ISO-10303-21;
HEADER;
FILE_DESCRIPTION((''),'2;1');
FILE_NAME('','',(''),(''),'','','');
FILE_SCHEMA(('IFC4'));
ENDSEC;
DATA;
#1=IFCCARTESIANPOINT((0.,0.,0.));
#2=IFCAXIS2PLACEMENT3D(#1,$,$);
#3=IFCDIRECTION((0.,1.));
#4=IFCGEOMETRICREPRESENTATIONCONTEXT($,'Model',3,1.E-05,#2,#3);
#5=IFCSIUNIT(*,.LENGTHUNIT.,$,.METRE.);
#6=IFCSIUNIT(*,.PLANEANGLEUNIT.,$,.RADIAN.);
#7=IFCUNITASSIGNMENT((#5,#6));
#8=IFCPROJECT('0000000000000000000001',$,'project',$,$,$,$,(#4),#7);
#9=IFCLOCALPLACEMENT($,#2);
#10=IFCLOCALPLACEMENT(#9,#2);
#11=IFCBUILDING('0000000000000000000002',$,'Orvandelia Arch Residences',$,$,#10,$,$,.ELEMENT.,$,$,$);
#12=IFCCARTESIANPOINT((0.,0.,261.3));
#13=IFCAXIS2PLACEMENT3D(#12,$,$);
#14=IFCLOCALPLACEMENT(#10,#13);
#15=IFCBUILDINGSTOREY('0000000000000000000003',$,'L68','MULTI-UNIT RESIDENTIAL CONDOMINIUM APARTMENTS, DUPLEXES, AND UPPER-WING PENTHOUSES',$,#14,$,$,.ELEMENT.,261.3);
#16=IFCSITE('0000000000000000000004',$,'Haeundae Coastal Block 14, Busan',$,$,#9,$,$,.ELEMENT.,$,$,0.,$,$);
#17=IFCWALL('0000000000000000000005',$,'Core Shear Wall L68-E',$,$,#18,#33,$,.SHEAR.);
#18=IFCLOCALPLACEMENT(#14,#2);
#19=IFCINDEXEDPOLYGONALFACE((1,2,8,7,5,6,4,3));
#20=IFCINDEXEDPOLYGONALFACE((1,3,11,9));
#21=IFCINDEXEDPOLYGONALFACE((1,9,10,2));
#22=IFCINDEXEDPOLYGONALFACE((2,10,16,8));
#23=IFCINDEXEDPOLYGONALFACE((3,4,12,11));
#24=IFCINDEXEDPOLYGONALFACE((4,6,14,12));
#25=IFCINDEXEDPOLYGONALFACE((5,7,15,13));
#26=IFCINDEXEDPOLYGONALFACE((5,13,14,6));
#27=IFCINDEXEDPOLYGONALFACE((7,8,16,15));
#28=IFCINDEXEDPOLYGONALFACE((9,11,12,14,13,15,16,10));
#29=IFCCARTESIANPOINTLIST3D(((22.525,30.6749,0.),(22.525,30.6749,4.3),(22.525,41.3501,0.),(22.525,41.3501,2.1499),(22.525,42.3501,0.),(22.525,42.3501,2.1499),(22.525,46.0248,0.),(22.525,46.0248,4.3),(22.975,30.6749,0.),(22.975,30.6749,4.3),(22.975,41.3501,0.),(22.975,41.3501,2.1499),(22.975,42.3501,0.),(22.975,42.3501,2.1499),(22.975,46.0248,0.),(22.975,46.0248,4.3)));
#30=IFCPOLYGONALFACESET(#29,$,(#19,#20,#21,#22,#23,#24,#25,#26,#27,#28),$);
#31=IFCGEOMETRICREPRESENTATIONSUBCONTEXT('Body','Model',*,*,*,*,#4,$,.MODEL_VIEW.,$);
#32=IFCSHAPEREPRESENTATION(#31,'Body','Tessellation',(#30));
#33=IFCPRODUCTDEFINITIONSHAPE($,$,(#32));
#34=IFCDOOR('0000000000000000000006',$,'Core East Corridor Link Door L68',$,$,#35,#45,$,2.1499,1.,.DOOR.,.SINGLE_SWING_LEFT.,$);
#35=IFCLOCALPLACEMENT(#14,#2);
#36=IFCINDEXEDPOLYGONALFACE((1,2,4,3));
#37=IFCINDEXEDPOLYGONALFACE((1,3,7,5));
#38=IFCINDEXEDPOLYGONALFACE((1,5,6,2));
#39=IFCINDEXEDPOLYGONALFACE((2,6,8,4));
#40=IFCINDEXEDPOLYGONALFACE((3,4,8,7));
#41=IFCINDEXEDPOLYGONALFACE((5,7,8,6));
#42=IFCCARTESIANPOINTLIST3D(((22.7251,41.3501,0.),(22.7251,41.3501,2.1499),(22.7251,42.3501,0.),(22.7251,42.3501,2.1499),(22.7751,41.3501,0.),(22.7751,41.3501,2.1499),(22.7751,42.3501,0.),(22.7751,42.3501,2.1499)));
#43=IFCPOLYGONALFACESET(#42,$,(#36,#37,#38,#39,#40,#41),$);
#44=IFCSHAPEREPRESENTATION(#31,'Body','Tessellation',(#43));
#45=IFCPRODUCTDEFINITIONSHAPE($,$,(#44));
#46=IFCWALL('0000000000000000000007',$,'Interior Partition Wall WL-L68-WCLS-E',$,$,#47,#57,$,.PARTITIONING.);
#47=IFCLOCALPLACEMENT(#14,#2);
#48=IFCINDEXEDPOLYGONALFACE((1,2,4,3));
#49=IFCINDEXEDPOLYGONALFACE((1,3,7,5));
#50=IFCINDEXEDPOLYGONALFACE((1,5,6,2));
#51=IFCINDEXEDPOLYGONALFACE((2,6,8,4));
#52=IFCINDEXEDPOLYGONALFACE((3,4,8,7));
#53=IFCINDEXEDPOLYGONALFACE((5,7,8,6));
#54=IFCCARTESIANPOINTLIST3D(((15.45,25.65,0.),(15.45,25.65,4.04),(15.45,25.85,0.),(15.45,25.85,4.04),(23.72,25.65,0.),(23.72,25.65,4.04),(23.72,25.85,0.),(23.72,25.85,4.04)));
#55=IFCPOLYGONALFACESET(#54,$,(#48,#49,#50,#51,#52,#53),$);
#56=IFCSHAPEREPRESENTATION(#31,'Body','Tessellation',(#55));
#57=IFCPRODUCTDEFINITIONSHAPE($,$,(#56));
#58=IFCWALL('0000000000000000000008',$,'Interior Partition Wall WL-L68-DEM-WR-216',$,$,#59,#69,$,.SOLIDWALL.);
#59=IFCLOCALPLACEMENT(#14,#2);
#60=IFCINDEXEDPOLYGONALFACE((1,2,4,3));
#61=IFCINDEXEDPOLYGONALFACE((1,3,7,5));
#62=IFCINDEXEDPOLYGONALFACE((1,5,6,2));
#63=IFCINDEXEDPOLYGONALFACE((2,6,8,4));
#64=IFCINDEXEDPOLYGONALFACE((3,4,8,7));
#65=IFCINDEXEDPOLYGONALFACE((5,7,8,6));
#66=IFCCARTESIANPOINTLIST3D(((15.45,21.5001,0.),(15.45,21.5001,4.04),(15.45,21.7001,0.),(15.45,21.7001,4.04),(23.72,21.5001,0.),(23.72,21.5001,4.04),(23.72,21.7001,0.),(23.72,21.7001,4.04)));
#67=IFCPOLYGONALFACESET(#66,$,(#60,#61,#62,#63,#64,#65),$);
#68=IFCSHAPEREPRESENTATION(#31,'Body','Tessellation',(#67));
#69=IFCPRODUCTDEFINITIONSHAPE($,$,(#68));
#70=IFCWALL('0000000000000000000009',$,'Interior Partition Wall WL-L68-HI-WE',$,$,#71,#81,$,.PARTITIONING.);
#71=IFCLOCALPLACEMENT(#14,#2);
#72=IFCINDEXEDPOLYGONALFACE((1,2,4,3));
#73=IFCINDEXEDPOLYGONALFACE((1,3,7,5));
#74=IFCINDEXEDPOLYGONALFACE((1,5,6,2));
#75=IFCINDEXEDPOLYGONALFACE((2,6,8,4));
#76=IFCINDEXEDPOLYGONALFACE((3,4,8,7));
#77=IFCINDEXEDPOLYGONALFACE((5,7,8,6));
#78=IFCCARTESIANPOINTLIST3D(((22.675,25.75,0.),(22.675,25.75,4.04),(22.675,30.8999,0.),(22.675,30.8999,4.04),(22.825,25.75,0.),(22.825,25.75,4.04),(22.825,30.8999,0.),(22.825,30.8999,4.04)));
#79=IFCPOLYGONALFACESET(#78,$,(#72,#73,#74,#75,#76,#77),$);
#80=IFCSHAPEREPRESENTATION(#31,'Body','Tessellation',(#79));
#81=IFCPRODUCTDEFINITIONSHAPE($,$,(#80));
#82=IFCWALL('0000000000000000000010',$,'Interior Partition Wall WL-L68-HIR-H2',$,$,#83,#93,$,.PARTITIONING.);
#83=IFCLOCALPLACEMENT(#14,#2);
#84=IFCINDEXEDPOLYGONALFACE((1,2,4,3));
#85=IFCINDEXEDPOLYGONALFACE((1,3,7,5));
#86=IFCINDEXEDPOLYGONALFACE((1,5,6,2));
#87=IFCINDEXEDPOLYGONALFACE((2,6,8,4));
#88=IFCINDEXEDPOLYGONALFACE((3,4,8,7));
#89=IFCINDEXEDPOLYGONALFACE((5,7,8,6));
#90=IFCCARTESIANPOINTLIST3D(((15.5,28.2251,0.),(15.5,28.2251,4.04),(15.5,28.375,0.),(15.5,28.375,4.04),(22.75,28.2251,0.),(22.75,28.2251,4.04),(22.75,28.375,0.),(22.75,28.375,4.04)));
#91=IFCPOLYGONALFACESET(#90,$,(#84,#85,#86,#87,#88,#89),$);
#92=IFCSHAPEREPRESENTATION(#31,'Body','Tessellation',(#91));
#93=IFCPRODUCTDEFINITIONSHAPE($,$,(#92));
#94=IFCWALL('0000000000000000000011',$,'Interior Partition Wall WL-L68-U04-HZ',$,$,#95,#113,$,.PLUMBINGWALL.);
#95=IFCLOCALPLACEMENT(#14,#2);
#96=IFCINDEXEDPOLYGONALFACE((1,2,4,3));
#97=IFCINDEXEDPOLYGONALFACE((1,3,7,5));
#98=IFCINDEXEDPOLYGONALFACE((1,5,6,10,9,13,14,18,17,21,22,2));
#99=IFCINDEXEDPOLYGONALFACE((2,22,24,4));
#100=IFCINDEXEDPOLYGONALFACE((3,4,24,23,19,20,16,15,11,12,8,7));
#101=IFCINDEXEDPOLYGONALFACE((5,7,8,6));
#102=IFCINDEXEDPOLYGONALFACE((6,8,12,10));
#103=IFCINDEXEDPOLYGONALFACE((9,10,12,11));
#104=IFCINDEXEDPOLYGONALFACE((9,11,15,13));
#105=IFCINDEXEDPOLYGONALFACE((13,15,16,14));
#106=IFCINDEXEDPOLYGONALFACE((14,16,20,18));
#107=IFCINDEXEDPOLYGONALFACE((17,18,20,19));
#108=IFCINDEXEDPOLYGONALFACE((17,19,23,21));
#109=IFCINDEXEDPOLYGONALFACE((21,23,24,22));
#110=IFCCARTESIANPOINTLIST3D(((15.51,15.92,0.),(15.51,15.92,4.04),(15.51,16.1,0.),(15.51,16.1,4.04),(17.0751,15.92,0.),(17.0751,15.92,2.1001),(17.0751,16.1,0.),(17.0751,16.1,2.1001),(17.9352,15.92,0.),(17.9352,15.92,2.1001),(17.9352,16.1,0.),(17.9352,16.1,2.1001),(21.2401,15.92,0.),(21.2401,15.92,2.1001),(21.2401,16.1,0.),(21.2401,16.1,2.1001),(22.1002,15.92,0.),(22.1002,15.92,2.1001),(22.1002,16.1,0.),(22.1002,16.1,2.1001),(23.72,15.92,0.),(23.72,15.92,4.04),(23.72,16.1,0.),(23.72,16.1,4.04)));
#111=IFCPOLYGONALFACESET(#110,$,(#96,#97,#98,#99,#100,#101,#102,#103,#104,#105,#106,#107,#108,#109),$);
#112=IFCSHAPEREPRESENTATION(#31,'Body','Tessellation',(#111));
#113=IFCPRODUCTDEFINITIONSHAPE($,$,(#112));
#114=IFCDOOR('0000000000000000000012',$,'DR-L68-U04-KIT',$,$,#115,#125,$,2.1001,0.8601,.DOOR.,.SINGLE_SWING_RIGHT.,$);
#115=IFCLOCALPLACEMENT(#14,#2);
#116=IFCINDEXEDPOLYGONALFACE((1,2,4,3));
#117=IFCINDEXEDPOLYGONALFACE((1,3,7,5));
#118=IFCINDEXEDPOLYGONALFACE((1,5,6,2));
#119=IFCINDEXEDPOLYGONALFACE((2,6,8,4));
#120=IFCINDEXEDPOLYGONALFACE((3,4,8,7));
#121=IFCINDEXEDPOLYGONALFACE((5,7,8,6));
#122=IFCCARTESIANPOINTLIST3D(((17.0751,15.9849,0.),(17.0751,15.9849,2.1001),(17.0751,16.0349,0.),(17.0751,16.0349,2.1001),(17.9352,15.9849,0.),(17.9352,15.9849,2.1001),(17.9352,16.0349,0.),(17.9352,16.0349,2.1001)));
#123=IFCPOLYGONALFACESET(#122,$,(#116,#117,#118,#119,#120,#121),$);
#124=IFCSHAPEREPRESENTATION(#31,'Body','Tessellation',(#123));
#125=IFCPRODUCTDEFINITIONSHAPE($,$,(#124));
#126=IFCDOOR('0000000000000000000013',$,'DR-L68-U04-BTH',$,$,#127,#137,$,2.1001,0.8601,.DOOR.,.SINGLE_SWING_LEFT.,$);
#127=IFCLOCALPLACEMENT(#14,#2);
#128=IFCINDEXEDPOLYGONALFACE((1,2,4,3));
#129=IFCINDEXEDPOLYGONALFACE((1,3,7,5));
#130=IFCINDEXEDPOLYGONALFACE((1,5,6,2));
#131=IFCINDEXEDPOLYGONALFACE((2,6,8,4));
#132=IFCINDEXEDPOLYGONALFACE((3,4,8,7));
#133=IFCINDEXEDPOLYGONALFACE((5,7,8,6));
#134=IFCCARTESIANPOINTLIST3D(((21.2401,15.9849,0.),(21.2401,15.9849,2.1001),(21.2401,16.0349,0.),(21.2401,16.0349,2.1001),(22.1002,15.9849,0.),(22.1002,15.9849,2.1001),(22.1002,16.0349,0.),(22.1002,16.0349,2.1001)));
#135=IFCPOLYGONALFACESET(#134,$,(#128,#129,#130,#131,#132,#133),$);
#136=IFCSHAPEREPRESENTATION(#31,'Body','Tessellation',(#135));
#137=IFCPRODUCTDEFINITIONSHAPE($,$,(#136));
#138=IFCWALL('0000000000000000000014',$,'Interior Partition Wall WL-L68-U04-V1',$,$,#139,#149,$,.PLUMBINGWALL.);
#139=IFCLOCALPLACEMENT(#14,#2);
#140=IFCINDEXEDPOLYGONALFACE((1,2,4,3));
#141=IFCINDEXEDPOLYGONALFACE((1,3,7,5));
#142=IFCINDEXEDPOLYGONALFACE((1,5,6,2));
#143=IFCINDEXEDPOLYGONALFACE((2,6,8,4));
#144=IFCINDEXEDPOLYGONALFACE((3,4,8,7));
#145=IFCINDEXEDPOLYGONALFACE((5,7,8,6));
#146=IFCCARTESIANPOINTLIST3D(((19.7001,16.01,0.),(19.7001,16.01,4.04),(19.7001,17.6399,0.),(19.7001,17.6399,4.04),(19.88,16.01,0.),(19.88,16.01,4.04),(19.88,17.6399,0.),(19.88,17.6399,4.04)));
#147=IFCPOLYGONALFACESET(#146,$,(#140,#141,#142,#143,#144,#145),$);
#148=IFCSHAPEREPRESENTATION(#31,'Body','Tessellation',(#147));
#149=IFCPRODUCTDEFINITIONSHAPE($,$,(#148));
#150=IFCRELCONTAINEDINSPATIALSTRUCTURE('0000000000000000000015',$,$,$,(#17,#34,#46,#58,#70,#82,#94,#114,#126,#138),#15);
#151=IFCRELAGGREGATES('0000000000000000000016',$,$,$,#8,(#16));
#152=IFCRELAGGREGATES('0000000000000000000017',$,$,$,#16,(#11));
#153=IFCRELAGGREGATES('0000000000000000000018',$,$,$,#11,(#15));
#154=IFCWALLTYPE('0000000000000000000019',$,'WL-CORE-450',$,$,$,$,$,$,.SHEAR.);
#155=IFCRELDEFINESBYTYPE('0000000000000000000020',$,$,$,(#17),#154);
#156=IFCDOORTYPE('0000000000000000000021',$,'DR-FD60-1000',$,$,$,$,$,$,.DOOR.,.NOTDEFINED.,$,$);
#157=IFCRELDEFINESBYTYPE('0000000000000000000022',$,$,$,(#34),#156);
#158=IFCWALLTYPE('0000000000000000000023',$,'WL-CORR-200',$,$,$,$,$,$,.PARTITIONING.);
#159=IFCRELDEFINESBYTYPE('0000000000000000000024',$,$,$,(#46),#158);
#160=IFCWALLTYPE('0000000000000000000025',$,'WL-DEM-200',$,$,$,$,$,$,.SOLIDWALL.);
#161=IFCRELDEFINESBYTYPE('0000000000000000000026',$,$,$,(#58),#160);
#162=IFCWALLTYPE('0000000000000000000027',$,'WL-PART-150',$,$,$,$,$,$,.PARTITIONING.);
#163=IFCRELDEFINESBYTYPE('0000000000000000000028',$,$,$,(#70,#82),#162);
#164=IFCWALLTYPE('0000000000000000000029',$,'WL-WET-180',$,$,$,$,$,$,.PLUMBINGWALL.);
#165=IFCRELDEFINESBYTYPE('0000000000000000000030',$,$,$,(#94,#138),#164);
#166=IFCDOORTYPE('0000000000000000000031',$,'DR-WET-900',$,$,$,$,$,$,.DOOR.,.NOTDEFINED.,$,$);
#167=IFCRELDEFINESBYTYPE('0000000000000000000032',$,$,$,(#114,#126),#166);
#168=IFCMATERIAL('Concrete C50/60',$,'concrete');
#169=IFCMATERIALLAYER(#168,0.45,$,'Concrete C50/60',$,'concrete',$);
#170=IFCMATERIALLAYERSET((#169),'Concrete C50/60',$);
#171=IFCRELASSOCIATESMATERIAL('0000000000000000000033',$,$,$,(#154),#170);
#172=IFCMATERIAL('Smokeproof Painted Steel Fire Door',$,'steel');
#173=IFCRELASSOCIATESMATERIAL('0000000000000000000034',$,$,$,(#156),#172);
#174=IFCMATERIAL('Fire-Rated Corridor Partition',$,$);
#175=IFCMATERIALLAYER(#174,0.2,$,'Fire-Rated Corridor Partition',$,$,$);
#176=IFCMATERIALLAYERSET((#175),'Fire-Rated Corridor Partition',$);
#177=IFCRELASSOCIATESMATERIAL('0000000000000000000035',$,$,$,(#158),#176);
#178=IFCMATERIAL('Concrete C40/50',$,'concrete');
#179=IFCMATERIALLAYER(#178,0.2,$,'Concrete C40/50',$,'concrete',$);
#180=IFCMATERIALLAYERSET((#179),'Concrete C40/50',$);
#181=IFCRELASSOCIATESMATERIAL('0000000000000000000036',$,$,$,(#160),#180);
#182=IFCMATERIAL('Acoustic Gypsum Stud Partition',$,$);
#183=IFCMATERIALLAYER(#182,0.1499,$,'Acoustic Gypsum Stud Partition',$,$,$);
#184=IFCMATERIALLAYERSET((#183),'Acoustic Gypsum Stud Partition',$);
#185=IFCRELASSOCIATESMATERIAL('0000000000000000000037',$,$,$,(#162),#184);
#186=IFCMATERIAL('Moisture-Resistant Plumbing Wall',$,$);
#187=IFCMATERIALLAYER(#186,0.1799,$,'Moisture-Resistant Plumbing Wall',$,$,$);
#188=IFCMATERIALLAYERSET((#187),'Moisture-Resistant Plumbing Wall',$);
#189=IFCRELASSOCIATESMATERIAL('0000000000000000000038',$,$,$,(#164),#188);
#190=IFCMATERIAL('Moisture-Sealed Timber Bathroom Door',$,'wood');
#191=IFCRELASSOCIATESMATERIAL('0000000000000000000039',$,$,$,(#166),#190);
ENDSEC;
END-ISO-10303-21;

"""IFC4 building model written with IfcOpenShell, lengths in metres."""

from ifc_helpers import new_model, si_unit, direction, frame, frame_2d, origin, place, context, subcontext, project, spatial, rectangle, extrude, material, layer, layer_set, type_object, element, fill, save


model = new_model("IFC4")

# Units and contexts
model_context = context("Model", 3, precision=1e-05, world=origin(), true_north=direction((0.0, 1.0)))
body_context = subcontext(model_context, "Body", "Model", "MODEL_VIEW")
ifc_project = project(units=[si_unit("LENGTHUNIT", "METRE"), si_unit("PLANEANGLEUNIT", "RADIAN")], contexts=[model_context])

# Site, building, storey
site_placement = place(None, origin())
site = spatial("IfcSite", under=ifc_project, at=site_placement, Name="Haeundae Coastal Block 14, Busan", CompositionType="ELEMENT", RefElevation=0.0)
building_placement = place(site_placement, origin())
building = spatial("IfcBuilding", under=site, at=building_placement, Name="Orvandelia Arch Residences", CompositionType="ELEMENT")
storey_placement = place(building_placement, frame((0.0, 0.0, 261.3)))
storey = spatial("IfcBuildingStorey", under=building, at=storey_placement, Name="L68", Description="MULTI-UNIT RESIDENTIAL CONDOMINIUM APARTMENTS, DUPLEXES, AND UPPER-WING PENTHOUSES", CompositionType="ELEMENT", Elevation=261.3)

# Shared definitions
ifc_material_1 = material(Name="Concrete C50/60", Category="concrete")

# Wall, opening, door
ifc_layer_1 = layer(ifc_material_1, 0.45, Name="Concrete C50/60", Category="concrete")
ifc_layer_set_1 = layer_set([ifc_layer_1], Name="Concrete C50/60")
wall_type_1 = type_object("IfcWallType", Name="WL-CORE-450", PredefinedType="SHEAR", material=ifc_layer_set_1)
wall_1_placement = place(storey_placement, frame((22.75, 30.675, 0.0), z_axis=(0.0, 0.0, 1.0), x_axis=(0.0, 1.0, 0.0)))
wall_1 = element("IfcWall", 1, at=wall_1_placement, inside=storey, type_object=wall_type_1, Name="Core Shear Wall L68-E", PredefinedType="SHEAR", context=body_context, shape_type="SweptSolid", body=[
    extrude(rectangle(XDim=15.3499, YDim=0.45, at=frame_2d((7.6748, 0.0))), origin(), (0.0, 0.0, 1.0), 4.3),
])
opening_1_placement = place(wall_1_placement, frame((10.675, 0.0, 0.0)))
opening_1 = element("IfcOpeningElement", 2, at=opening_1_placement, cuts=wall_1, PredefinedType="OPENING", context=body_context, shape_type="SweptSolid", body=[
    extrude(rectangle(XDim=1.0, YDim=2.1499, at=frame_2d((0.5, 1.075))), frame((0.0, 0.2349, 0.0), z_axis=(0.0, -1.0, 0.0), x_axis=(1.0, 0.0, 0.0)), (0.0, 0.0, 1.0), 0.47),
])
ifc_material_2 = material(Name="Smokeproof Painted Steel Fire Door", Category="steel")
door_type_1 = type_object("IfcDoorType", Name="DR-FD60-1000", OperationType="NOTDEFINED", PredefinedType="DOOR", material=ifc_material_2)
door_1_placement = place(opening_1_placement, origin())
door_1 = element("IfcDoor", 3, at=door_1_placement, inside=storey, type_object=door_type_1, Name="Core East Corridor Link Door L68", OperationType="SINGLE_SWING_LEFT", OverallHeight=2.1499, OverallWidth=1.0, PredefinedType="DOOR", context=body_context, shape_type="SweptSolid", body=[
    extrude(rectangle(XDim=1.0, YDim=2.1499, at=frame_2d((0.5, 1.075))), frame((0.0, 0.0249, 0.0), z_axis=(0.0, -1.0, 0.0), x_axis=(1.0, 0.0, 0.0)), (0.0, 0.0, 1.0), 0.05),
])
fill(opening_1, door_1)

# Walls
ifc_material_3 = material(Name="Fire-Rated Corridor Partition")
ifc_layer_2 = layer(ifc_material_3, 0.2, Name="Fire-Rated Corridor Partition")
ifc_layer_set_2 = layer_set([ifc_layer_2], Name="Fire-Rated Corridor Partition")
wall_type_2 = type_object("IfcWallType", Name="WL-CORR-200", PredefinedType="PARTITIONING", material=ifc_layer_set_2)
wall_2_placement = place(storey_placement, frame((15.45, 25.75, 0.0), z_axis=(0.0, 0.0, 1.0), x_axis=(1.0, 0.0, 0.0)))
element("IfcWall", 4, at=wall_2_placement, inside=storey, type_object=wall_type_2, Name="Interior Partition Wall WL-L68-WCLS-E", PredefinedType="PARTITIONING", context=body_context, shape_type="SweptSolid", body=[
    extrude(rectangle(XDim=8.27, YDim=0.2, at=frame_2d((4.135, 0.0))), origin(), (0.0, 0.0, 1.0), 4.04),
])
ifc_material_4 = material(Name="Concrete C40/50", Category="concrete")
ifc_layer_3 = layer(ifc_material_4, 0.2, Name="Concrete C40/50", Category="concrete")
ifc_layer_set_3 = layer_set([ifc_layer_3], Name="Concrete C40/50")
wall_type_3 = type_object("IfcWallType", Name="WL-DEM-200", PredefinedType="SOLIDWALL", material=ifc_layer_set_3)
wall_3_placement = place(storey_placement, frame((15.45, 21.6001, 0.0), z_axis=(0.0, 0.0, 1.0), x_axis=(1.0, 0.0, 0.0)))
element("IfcWall", 5, at=wall_3_placement, inside=storey, type_object=wall_type_3, Name="Interior Partition Wall WL-L68-DEM-WR-216", PredefinedType="SOLIDWALL", context=body_context, shape_type="SweptSolid", body=[
    extrude(rectangle(XDim=8.27, YDim=0.2, at=frame_2d((4.135, 0.0))), origin(), (0.0, 0.0, 1.0), 4.04),
])

# Shared definitions
ifc_material_5 = material(Name="Acoustic Gypsum Stud Partition")
ifc_layer_4 = layer(ifc_material_5, 0.1499, Name="Acoustic Gypsum Stud Partition")
ifc_layer_set_4 = layer_set([ifc_layer_4], Name="Acoustic Gypsum Stud Partition")
wall_type_4 = type_object("IfcWallType", Name="WL-PART-150", PredefinedType="PARTITIONING", material=ifc_layer_set_4)

# Walls
wall_4_placement = place(storey_placement, frame((22.75, 25.75, 0.0), z_axis=(0.0, 0.0, 1.0), x_axis=(0.0, 1.0, 0.0)))
element("IfcWall", 6, at=wall_4_placement, inside=storey, type_object=wall_type_4, Name="Interior Partition Wall WL-L68-HI-WE", PredefinedType="PARTITIONING", context=body_context, shape_type="SweptSolid", body=[
    extrude(rectangle(XDim=5.1499, YDim=0.1499, at=frame_2d((2.575, 0.0))), origin(), (0.0, 0.0, 1.0), 4.04),
])
wall_5_placement = place(storey_placement, frame((15.5, 28.3, 0.0), z_axis=(0.0, 0.0, 1.0), x_axis=(1.0, 0.0, 0.0)))
element("IfcWall", 7, at=wall_5_placement, inside=storey, type_object=wall_type_4, Name="Interior Partition Wall WL-L68-HIR-H2", PredefinedType="PARTITIONING", context=body_context, shape_type="SweptSolid", body=[
    extrude(rectangle(XDim=7.25, YDim=0.1499, at=frame_2d((3.625, 0.0))), origin(), (0.0, 0.0, 1.0), 4.04),
])

# Wall, openings, doors
ifc_material_6 = material(Name="Moisture-Resistant Plumbing Wall")
ifc_layer_5 = layer(ifc_material_6, 0.1799, Name="Moisture-Resistant Plumbing Wall")
ifc_layer_set_5 = layer_set([ifc_layer_5], Name="Moisture-Resistant Plumbing Wall")
wall_type_5 = type_object("IfcWallType", Name="WL-WET-180", PredefinedType="PLUMBINGWALL", material=ifc_layer_set_5)
wall_6_placement = place(storey_placement, frame((15.51, 16.01, 0.0), z_axis=(0.0, 0.0, 1.0), x_axis=(1.0, 0.0, 0.0)))
wall_6 = element("IfcWall", 8, at=wall_6_placement, inside=storey, type_object=wall_type_5, Name="Interior Partition Wall WL-L68-U04-HZ", PredefinedType="PLUMBINGWALL", context=body_context, shape_type="SweptSolid", body=[
    extrude(rectangle(XDim=8.21, YDim=0.1799, at=frame_2d((4.105, 0.0))), origin(), (0.0, 0.0, 1.0), 4.04),
])
opening_2_placement = place(wall_6_placement, frame((1.5649, 0.0, 0.0)))
opening_2 = element("IfcOpeningElement", 9, at=opening_2_placement, cuts=wall_6, PredefinedType="OPENING", context=body_context, shape_type="SweptSolid", body=[
    extrude(rectangle(XDim=0.8601, YDim=2.1001, at=frame_2d((0.4302, 1.05))), frame((0.0, 0.1001, 0.0), z_axis=(0.0, -1.0, 0.0), x_axis=(1.0, 0.0, 0.0)), (0.0, 0.0, 1.0), 0.2),
])
opening_3_placement = place(wall_6_placement, frame((5.73, 0.0, 0.0)))
opening_3 = element("IfcOpeningElement", 10, at=opening_3_placement, cuts=wall_6, PredefinedType="OPENING", context=body_context, shape_type="SweptSolid", body=[
    extrude(rectangle(XDim=0.8601, YDim=2.1001, at=frame_2d((0.4302, 1.05))), frame((0.0, 0.1001, 0.0), z_axis=(0.0, -1.0, 0.0), x_axis=(1.0, 0.0, 0.0)), (0.0, 0.0, 1.0), 0.2),
])
ifc_material_7 = material(Name="Moisture-Sealed Timber Bathroom Door", Category="wood")
door_type_2 = type_object("IfcDoorType", Name="DR-WET-900", OperationType="NOTDEFINED", PredefinedType="DOOR", material=ifc_material_7)
door_2_placement = place(opening_2_placement, origin())
door_2 = element("IfcDoor", 11, at=door_2_placement, inside=storey, type_object=door_type_2, Name="DR-L68-U04-KIT", OperationType="SINGLE_SWING_RIGHT", OverallHeight=2.1001, OverallWidth=0.8601, PredefinedType="DOOR", context=body_context, shape_type="SweptSolid", body=[
    extrude(rectangle(XDim=0.8601, YDim=2.1001, at=frame_2d((0.4302, 1.05))), frame((0.0, 0.0249, 0.0), z_axis=(0.0, -1.0, 0.0), x_axis=(1.0, 0.0, 0.0)), (0.0, 0.0, 1.0), 0.05),
])
fill(opening_2, door_2)
door_3_placement = place(opening_3_placement, origin())
door_3 = element("IfcDoor", 12, at=door_3_placement, inside=storey, type_object=door_type_2, Name="DR-L68-U04-BTH", OperationType="SINGLE_SWING_LEFT", OverallHeight=2.1001, OverallWidth=0.8601, PredefinedType="DOOR", context=body_context, shape_type="SweptSolid", body=[
    extrude(rectangle(XDim=0.8601, YDim=2.1001, at=frame_2d((0.4302, 1.05))), frame((0.0, 0.0249, 0.0), z_axis=(0.0, -1.0, 0.0), x_axis=(1.0, 0.0, 0.0)), (0.0, 0.0, 1.0), 0.05),
])
fill(opening_3, door_3)

# Wall
wall_7_placement = place(storey_placement, frame((19.79, 16.01, 0.0), z_axis=(0.0, 0.0, 1.0), x_axis=(0.0, 1.0, 0.0)))
element("IfcWall", 13, at=wall_7_placement, inside=storey, type_object=wall_type_5, Name="Interior Partition Wall WL-L68-U04-V1", PredefinedType="PLUMBINGWALL", context=body_context, shape_type="SweptSolid", body=[
    extrude(rectangle(XDim=1.6299, YDim=0.1799, at=frame_2d((0.8149, 0.0))), origin(), (0.0, 0.0, 1.0), 4.04),
])

save(model, "model.ifc")
